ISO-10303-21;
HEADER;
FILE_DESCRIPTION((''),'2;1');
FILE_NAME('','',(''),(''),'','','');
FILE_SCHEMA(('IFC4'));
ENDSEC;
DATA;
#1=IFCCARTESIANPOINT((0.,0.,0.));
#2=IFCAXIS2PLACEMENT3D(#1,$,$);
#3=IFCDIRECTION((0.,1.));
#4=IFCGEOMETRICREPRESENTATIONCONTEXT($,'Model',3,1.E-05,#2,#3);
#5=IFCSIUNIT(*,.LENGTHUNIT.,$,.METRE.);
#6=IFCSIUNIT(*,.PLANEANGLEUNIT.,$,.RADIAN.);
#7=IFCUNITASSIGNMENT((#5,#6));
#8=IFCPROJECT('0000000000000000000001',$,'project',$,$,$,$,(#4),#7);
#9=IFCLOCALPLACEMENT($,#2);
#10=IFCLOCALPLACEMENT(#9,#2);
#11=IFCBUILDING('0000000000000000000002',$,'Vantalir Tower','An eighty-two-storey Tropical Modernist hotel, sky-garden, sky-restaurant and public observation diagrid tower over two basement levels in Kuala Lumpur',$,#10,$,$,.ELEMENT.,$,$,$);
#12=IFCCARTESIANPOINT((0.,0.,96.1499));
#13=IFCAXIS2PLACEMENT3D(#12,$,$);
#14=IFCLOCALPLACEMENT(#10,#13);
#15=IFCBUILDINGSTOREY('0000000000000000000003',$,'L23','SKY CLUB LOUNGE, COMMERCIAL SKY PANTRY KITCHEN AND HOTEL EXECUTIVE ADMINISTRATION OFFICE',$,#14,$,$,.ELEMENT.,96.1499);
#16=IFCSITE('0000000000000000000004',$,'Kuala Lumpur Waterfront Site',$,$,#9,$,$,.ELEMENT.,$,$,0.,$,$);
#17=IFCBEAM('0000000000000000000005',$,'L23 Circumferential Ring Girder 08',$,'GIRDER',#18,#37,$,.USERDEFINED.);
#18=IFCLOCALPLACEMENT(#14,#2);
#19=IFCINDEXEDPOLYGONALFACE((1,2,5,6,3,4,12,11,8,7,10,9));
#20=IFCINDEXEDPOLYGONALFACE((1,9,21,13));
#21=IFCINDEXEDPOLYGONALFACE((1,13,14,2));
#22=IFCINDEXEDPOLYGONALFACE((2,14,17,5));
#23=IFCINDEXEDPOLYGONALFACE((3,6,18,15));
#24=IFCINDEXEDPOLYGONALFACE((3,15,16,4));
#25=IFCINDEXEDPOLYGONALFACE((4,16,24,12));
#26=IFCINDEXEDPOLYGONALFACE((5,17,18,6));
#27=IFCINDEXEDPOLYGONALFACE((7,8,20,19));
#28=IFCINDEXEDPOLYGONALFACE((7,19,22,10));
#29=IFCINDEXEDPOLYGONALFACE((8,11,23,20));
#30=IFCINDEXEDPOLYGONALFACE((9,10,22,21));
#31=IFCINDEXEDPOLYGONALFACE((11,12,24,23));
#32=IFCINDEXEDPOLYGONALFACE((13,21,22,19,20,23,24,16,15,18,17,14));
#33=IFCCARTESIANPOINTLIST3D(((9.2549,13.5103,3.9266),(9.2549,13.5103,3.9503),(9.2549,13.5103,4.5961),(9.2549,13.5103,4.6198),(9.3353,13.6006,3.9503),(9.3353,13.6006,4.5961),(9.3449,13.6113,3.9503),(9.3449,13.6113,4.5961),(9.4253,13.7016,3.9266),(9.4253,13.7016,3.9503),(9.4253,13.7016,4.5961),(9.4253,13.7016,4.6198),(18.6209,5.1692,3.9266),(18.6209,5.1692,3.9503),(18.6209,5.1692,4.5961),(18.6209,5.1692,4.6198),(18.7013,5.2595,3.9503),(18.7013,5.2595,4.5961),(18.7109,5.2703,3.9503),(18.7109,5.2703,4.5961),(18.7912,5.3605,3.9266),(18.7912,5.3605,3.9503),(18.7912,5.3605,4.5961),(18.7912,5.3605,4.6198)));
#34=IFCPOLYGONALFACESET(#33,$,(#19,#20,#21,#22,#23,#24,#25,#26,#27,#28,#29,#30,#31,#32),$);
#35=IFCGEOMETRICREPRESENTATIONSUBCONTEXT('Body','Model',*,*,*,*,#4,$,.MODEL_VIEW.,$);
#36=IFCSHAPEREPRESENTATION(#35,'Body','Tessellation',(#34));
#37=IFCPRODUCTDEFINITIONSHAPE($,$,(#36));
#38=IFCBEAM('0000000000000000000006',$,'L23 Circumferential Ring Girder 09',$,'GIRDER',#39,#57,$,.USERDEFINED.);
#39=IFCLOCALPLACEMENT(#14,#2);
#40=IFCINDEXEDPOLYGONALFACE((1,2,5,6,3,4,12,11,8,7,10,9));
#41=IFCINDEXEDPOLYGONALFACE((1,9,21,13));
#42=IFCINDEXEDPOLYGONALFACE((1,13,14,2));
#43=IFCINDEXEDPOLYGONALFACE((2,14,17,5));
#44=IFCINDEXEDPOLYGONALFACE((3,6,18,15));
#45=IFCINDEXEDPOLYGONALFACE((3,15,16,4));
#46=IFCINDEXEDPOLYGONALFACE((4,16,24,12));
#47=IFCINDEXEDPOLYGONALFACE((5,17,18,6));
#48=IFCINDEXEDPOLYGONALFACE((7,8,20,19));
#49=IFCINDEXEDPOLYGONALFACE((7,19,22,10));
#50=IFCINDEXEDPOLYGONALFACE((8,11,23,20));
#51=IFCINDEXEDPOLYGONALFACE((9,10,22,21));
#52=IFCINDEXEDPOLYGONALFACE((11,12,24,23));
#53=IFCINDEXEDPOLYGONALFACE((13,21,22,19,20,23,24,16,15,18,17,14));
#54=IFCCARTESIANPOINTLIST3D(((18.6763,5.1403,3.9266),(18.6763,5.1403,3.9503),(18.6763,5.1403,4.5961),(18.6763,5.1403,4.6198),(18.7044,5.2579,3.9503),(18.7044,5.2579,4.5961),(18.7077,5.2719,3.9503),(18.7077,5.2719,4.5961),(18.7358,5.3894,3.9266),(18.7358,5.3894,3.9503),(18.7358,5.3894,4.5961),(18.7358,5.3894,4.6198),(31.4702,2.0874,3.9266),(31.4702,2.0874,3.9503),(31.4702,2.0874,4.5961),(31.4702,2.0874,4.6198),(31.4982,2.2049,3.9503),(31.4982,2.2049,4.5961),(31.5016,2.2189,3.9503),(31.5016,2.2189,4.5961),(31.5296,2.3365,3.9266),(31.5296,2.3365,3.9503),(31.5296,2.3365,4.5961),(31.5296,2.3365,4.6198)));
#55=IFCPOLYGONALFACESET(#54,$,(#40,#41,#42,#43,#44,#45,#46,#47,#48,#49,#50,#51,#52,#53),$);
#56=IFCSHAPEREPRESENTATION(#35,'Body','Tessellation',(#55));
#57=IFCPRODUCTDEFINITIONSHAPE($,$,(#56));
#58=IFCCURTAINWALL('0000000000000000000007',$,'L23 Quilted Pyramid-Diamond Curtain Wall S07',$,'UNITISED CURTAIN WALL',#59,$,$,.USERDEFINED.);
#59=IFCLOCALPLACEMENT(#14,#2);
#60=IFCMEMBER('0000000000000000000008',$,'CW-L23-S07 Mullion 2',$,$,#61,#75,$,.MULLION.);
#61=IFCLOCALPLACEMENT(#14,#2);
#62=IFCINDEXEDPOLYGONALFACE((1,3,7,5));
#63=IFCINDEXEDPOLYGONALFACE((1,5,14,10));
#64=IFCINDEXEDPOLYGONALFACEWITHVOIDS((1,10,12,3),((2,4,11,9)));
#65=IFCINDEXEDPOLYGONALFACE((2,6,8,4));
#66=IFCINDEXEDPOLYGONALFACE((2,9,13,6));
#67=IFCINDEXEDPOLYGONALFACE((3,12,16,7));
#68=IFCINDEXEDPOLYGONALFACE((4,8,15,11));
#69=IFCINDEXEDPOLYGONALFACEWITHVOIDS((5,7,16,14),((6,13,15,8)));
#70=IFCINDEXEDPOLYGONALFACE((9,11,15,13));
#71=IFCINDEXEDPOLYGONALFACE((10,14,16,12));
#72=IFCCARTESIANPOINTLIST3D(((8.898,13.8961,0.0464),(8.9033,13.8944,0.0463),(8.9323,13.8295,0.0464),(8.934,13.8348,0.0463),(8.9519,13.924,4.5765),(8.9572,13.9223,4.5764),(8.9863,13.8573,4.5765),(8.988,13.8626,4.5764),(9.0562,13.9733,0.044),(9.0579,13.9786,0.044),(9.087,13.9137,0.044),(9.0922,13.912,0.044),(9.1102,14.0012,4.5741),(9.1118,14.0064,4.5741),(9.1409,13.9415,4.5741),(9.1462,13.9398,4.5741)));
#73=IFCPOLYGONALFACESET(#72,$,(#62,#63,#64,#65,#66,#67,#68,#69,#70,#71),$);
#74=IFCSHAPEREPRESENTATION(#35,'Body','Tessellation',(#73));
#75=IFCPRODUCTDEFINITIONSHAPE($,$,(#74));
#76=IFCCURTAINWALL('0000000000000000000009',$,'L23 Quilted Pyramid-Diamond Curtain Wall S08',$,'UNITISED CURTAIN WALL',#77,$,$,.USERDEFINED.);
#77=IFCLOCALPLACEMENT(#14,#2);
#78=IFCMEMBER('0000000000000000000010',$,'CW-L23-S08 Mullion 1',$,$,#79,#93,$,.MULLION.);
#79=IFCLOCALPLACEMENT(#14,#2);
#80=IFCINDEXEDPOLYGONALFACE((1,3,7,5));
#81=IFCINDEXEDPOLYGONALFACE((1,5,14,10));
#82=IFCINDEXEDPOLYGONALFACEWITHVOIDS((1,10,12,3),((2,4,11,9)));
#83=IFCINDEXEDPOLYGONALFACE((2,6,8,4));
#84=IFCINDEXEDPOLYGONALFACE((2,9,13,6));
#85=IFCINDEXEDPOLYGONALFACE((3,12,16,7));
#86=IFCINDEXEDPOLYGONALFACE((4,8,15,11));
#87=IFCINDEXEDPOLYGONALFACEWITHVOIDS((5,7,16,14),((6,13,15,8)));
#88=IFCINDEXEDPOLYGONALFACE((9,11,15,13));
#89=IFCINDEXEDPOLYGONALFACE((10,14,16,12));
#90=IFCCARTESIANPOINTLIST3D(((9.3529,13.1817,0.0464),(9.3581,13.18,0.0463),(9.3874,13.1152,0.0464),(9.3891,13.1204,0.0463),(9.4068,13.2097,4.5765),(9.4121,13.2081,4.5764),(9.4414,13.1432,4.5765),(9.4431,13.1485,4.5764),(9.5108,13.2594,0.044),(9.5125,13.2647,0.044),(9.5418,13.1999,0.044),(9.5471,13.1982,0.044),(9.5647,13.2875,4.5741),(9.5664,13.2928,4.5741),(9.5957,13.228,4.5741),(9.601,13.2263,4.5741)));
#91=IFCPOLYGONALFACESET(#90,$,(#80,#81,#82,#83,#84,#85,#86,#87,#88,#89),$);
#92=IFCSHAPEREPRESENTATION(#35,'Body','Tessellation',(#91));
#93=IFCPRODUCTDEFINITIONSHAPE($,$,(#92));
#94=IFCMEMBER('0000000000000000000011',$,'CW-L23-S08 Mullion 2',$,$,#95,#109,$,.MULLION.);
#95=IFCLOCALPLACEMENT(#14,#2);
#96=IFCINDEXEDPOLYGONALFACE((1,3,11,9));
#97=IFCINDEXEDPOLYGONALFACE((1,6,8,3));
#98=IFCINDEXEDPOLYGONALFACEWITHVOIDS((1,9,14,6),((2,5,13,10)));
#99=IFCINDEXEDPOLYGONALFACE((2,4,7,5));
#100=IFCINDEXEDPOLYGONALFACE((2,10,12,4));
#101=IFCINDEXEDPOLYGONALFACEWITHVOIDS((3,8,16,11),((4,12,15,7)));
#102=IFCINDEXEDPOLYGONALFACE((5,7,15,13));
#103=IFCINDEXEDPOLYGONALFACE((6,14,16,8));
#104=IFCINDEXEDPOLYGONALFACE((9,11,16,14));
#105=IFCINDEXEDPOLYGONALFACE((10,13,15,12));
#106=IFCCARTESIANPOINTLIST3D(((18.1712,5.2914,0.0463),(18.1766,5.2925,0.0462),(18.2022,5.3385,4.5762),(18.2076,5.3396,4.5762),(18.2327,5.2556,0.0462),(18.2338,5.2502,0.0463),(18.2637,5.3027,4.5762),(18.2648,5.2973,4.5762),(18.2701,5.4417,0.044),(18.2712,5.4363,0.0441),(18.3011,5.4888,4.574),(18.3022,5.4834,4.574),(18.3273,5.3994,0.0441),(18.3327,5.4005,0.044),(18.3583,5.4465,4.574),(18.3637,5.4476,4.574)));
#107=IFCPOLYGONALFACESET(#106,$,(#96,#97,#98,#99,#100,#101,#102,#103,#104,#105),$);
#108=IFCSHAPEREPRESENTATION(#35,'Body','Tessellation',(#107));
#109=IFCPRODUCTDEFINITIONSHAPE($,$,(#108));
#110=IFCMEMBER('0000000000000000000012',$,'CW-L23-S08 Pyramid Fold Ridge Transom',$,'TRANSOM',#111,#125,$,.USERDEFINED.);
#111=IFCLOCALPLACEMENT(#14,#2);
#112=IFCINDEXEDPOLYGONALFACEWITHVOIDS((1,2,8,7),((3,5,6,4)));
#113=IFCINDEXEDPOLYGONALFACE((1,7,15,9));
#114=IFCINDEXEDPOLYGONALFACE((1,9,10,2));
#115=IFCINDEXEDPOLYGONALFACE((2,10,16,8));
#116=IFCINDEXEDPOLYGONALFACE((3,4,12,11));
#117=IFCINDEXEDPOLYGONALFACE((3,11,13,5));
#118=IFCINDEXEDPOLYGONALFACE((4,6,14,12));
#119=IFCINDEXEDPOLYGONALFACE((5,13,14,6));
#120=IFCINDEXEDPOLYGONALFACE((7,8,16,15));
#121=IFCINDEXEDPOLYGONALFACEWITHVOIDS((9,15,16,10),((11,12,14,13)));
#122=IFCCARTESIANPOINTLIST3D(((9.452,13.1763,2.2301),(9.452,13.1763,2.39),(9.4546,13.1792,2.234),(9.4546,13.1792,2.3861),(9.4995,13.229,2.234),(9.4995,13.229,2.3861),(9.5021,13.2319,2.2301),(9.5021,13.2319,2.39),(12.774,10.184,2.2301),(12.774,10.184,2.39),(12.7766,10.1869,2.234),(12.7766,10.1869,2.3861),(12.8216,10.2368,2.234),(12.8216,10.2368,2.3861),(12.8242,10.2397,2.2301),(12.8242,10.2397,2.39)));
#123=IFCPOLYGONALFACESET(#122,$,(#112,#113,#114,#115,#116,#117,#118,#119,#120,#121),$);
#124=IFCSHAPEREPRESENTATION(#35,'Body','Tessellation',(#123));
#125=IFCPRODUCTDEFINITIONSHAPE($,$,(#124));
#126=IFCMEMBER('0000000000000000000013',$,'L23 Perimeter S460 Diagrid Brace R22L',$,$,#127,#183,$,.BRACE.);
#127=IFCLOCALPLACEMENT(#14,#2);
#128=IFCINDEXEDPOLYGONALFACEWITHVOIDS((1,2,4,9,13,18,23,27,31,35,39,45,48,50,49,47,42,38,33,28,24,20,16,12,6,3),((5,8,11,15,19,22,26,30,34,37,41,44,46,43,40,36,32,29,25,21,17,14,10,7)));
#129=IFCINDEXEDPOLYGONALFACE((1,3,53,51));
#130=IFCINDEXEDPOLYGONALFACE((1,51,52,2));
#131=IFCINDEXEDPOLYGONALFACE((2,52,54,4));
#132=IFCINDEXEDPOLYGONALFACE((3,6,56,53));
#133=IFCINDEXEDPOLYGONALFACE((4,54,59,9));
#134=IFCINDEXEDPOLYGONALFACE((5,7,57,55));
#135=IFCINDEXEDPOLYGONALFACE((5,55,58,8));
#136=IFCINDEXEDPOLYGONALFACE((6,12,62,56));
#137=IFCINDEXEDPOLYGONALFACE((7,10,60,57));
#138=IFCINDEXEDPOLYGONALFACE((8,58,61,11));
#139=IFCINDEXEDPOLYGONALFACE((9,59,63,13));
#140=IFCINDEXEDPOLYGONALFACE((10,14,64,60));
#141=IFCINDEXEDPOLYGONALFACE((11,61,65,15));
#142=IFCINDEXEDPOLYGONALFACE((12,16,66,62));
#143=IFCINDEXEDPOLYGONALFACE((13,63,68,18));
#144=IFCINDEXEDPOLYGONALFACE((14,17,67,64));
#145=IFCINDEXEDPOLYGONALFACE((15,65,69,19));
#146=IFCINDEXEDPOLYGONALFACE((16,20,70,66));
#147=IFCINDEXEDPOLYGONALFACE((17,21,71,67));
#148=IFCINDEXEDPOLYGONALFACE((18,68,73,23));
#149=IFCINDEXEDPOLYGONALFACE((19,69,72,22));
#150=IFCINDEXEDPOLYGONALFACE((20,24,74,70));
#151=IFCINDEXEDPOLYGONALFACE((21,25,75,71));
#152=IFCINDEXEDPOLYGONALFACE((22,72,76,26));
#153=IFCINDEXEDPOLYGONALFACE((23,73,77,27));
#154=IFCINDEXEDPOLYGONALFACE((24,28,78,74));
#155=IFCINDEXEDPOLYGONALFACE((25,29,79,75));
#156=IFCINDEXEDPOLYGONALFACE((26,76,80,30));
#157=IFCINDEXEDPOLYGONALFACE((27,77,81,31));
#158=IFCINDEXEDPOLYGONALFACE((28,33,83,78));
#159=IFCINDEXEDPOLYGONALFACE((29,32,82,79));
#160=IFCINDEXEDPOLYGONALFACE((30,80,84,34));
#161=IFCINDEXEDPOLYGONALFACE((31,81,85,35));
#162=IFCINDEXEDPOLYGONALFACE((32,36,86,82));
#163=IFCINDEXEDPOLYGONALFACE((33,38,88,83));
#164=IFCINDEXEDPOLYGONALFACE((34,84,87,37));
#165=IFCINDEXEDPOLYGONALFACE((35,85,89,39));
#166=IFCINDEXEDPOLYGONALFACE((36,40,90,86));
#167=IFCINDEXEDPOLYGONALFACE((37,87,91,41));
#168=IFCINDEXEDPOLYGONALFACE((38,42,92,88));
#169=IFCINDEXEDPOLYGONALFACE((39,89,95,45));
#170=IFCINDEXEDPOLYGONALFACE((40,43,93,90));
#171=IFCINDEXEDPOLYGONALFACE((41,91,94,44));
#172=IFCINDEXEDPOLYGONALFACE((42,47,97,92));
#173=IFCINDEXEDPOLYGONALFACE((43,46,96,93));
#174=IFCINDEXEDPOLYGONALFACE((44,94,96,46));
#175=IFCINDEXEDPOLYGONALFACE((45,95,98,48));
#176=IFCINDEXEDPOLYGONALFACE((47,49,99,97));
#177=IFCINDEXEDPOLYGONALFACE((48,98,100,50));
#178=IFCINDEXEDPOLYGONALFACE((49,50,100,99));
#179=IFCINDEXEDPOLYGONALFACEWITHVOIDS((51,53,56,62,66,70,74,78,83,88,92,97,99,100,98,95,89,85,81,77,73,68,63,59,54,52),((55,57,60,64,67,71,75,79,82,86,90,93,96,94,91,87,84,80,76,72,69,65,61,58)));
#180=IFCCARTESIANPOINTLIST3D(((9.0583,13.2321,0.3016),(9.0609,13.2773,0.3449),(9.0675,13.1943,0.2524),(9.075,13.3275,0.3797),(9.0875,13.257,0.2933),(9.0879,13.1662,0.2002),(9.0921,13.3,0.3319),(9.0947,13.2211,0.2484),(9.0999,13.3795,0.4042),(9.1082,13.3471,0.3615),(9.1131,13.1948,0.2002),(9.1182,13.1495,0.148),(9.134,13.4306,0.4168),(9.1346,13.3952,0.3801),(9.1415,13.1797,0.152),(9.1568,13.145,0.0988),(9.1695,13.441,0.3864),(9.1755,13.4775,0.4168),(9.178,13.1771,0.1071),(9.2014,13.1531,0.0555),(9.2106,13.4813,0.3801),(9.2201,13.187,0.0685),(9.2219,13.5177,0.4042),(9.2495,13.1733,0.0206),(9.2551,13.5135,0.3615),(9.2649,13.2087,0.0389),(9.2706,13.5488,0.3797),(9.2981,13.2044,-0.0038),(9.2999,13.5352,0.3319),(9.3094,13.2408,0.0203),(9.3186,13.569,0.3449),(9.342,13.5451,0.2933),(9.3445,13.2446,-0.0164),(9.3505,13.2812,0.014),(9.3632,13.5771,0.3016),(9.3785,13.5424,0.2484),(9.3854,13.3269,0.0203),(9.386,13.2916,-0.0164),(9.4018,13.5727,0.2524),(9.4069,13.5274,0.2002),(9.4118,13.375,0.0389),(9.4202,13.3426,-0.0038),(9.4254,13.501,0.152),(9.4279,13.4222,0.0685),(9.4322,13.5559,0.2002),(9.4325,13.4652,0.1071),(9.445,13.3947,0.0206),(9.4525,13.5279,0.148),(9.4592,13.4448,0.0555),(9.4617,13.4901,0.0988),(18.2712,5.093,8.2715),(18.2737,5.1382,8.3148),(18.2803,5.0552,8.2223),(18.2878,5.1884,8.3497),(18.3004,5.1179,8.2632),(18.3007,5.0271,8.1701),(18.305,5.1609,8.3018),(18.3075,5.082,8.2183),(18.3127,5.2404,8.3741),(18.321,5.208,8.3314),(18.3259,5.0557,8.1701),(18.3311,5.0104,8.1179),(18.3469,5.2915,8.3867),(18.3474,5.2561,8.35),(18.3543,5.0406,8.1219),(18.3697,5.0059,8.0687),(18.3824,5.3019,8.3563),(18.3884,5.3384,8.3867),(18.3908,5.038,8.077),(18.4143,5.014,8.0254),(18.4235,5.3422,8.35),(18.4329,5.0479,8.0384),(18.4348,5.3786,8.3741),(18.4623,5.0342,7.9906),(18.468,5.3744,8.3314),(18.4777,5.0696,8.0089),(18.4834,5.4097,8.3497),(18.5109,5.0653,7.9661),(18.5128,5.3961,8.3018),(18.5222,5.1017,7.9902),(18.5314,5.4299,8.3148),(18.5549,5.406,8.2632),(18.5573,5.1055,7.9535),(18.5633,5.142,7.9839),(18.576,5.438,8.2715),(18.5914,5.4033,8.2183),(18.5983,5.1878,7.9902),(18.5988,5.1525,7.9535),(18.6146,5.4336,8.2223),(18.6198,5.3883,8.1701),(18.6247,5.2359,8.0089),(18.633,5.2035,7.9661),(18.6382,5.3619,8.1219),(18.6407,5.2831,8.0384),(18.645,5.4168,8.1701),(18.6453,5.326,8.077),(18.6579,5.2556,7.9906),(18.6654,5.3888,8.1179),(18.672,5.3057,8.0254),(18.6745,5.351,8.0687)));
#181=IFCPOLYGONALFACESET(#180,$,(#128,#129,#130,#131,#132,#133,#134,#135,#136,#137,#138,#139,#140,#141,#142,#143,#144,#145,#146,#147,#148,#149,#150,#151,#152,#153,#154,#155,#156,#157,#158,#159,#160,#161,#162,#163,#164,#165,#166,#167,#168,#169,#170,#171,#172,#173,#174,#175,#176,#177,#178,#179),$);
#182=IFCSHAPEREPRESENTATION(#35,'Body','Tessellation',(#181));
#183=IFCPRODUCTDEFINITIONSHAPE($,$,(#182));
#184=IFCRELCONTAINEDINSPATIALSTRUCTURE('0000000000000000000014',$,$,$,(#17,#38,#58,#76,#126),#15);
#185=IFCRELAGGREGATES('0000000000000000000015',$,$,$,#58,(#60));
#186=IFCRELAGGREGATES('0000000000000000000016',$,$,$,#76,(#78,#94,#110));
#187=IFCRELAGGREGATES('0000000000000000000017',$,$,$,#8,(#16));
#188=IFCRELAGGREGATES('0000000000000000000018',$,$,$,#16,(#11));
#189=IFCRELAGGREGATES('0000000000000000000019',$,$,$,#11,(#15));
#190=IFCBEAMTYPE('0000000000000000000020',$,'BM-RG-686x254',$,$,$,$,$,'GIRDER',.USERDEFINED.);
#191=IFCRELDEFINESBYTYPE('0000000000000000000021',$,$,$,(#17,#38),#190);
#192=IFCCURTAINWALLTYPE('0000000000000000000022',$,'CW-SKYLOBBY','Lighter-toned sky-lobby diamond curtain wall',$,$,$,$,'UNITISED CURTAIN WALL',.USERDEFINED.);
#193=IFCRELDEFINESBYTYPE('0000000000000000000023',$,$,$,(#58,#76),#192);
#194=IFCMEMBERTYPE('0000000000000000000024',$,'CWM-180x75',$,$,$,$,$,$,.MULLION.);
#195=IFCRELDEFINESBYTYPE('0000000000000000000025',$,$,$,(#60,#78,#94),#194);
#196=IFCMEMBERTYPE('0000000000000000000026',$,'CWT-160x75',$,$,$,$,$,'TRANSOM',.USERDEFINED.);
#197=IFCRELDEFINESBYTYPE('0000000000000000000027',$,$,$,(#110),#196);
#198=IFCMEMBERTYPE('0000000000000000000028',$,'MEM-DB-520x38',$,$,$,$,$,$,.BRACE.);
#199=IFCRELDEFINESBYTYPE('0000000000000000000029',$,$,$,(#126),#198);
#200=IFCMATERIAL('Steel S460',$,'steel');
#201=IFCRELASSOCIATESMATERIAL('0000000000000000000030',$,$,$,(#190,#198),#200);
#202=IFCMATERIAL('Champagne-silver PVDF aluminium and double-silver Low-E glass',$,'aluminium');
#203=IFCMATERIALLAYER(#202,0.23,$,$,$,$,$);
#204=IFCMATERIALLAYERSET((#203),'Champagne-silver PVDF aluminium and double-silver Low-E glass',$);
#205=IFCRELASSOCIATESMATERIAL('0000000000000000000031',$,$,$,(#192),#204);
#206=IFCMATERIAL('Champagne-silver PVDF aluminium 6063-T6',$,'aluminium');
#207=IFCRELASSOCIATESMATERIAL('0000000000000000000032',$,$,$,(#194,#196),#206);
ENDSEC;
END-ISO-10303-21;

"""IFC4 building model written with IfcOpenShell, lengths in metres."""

from ifc_helpers import new_model, si_unit, direction, frame, origin, origin_2d, place, context, subcontext, project, spatial, hollow_rectangle, hollow_circle, i_section, extrude, material, layer, layer_set, material_profile, profile_set, type_object, element, aggregate, save


model = new_model("IFC4")

# Units and contexts
model_context = context("Model", 3, precision=1e-05, world=origin(), true_north=direction((0.0, 1.0)))
body_context = subcontext(model_context, "Body", "Model", "MODEL_VIEW")
ifc_project = project(units=[si_unit("LENGTHUNIT", "METRE"), si_unit("PLANEANGLEUNIT", "RADIAN")], contexts=[model_context])

# Site, building, storey
site_placement = place(None, origin())
site = spatial("IfcSite", under=ifc_project, at=site_placement, Name="Kuala Lumpur Waterfront Site", CompositionType="ELEMENT", RefElevation=0.0)
building_placement = place(site_placement, origin())
building = spatial("IfcBuilding", under=site, at=building_placement, Name="Vantalir Tower", Description="An eighty-two-storey Tropical Modernist hotel, sky-garden, sky-restaurant and public observation diagrid tower over two basement levels in Kuala Lumpur", CompositionType="ELEMENT")
storey_placement = place(building_placement, frame((0.0, 0.0, 96.1499)))
storey = spatial("IfcBuildingStorey", under=building, at=storey_placement, Name="L23", Description="SKY CLUB LOUNGE, COMMERCIAL SKY PANTRY KITCHEN AND HOTEL EXECUTIVE ADMINISTRATION OFFICE", CompositionType="ELEMENT", Elevation=96.1499)

# Shared definitions
ifc_material_1 = material(Name="Steel S460", Category="steel")

# Beams
ifc_material_profile_1 = material_profile(ifc_material_1, i_section(OverallWidth=0.2561, OverallDepth=0.6931, WebThickness=0.0144, FlangeThickness=0.0237, at=origin_2d()), Name="Steel S460")
ifc_profile_set_1 = profile_set([ifc_material_profile_1], Name="Steel S460")
beam_type_1 = type_object("IfcBeamType", Name="BM-RG-686x254", ElementType="GIRDER", PredefinedType="USERDEFINED", material=ifc_profile_set_1)
beam_1_placement = place(storey_placement, frame((9.3401, 13.606, 4.2732), z_axis=(0.746785, -0.665066, 0.0), x_axis=(0.665066, 0.746785, 0.0)))
element("IfcBeam", 1, at=beam_1_placement, inside=storey, type_object=beam_type_1, Name="L23 Circumferential Ring Girder 08", ObjectType="GIRDER", PredefinedType="USERDEFINED", context=body_context, shape_type="SweptSolid", body=[
    extrude(i_section(OverallWidth=0.2561, OverallDepth=0.6931, WebThickness=0.0144, FlangeThickness=0.0237, at=origin_2d()), origin(), (0.0, 0.0, 1.0), 12.5417),
])
beam_2_placement = place(storey_placement, frame((18.7061, 5.2649, 4.2732), z_axis=(0.97269, -0.23211, 0.0), x_axis=(0.23211, 0.97269, 0.0)))
element("IfcBeam", 2, at=beam_2_placement, inside=storey, type_object=beam_type_1, Name="L23 Circumferential Ring Girder 09", ObjectType="GIRDER", PredefinedType="USERDEFINED", context=body_context, shape_type="SweptSolid", body=[
    extrude(i_section(OverallWidth=0.2561, OverallDepth=0.6931, WebThickness=0.0144, FlangeThickness=0.0237, at=origin_2d()), origin(), (0.0, 0.0, 1.0), 13.1531),
])

# Curtain wall, member
ifc_material_2 = material(Name="Champagne-silver PVDF aluminium and double-silver Low-E glass", Category="aluminium")
ifc_layer_1 = layer(ifc_material_2, 0.23)
ifc_layer_set_1 = layer_set([ifc_layer_1], Name="Champagne-silver PVDF aluminium and double-silver Low-E glass")
curtain_wall_type = type_object("IfcCurtainWallType", Name="CW-SKYLOBBY", Description="Lighter-toned sky-lobby diamond curtain wall", ElementType="UNITISED CURTAIN WALL", PredefinedType="USERDEFINED", material=ifc_layer_set_1)
curtain_wall_1_placement = place(storey_placement, origin())
curtain_wall_1 = element("IfcCurtainWall", 3, at=curtain_wall_1_placement, inside=storey, type_object=curtain_wall_type, Name="L23 Quilted Pyramid-Diamond Curtain Wall S07", ObjectType="UNITISED CURTAIN WALL", PredefinedType="USERDEFINED")
ifc_material_3 = material(Name="Champagne-silver PVDF aluminium 6063-T6", Category="aluminium")
ifc_material_profile_2 = material_profile(ifc_material_3, hollow_rectangle(XDim=0.075, YDim=0.1799, WallThickness=0.0039, at=origin_2d()), Name="Champagne-silver PVDF aluminium 6063-T6")
ifc_profile_set_2 = profile_set([ifc_material_profile_2], Name="Champagne-silver PVDF aluminium 6063-T6")
member_type_1 = type_object("IfcMemberType", Name="CWM-180x75", PredefinedType="MULLION", material=ifc_profile_set_2)
member_1_placement = place(storey_placement, frame((8.9951, 13.9041, 0.0452), z_axis=(0.011909, 0.006143, 0.99991), x_axis=(-0.458438, 0.888726, 0.0)))
member_1 = element("IfcMember", 4, at=member_1_placement, type_object=member_type_1, Name="CW-L23-S07 Mullion 2", PredefinedType="MULLION", context=body_context, shape_type="SweptSolid", body=[
    extrude(hollow_rectangle(XDim=0.075, YDim=0.1799, WallThickness=0.0039, at=origin_2d()), origin(), (0.0, 0.0, 1.0), 4.5305),
])

# Curtain wall, members
curtain_wall_2_placement = place(storey_placement, origin())
curtain_wall_2 = element("IfcCurtainWall", 5, at=curtain_wall_2_placement, inside=storey, type_object=curtain_wall_type, Name="L23 Quilted Pyramid-Diamond Curtain Wall S08", ObjectType="UNITISED CURTAIN WALL", PredefinedType="USERDEFINED")
member_2_placement = place(storey_placement, frame((9.45, 13.1899, 0.0452), z_axis=(0.011909, 0.006197, 0.99991), x_axis=(-0.461605, 0.887085, 0.0)))
member_2 = element("IfcMember", 6, at=member_2_placement, type_object=member_type_1, Name="CW-L23-S08 Mullion 1", PredefinedType="MULLION", context=body_context, shape_type="SweptSolid", body=[
    extrude(hollow_rectangle(XDim=0.075, YDim=0.1799, WallThickness=0.0039, at=origin_2d()), origin(), (0.0, 0.0, 1.0), 4.5305),
])
member_3_placement = place(storey_placement, frame((18.252, 5.3459, 0.0452), z_axis=(0.006844, 0.010401, 0.999922), x_axis=(-0.835365, 0.549696, 0.0)))
member_3 = element("IfcMember", 7, at=member_3_placement, type_object=member_type_1, Name="CW-L23-S08 Mullion 2", PredefinedType="MULLION", context=body_context, shape_type="SweptSolid", body=[
    extrude(hollow_rectangle(XDim=0.075, YDim=0.1799, WallThickness=0.0039, at=origin_2d()), origin(), (0.0, 0.0, 1.0), 4.5303),
])
ifc_material_profile_3 = material_profile(ifc_material_3, hollow_rectangle(XDim=0.075, YDim=0.1599, WallThickness=0.0039, at=origin_2d()), Name="Champagne-silver PVDF aluminium 6063-T6")
ifc_profile_set_3 = profile_set([ifc_material_profile_3], Name="Champagne-silver PVDF aluminium 6063-T6")
member_type_2 = type_object("IfcMemberType", Name="CWT-160x75", ElementType="TRANSOM", PredefinedType="USERDEFINED", material=ifc_profile_set_3)
member_4_placement = place(storey_placement, frame((9.4771, 13.2041, 2.3101), z_axis=(0.743031, -0.669257, 0.0), x_axis=(0.669257, 0.743031, 0.0)))
member_4 = element("IfcMember", 8, at=member_4_placement, type_object=member_type_2, Name="CW-L23-S08 Pyramid Fold Ridge Transom", ObjectType="TRANSOM", PredefinedType="USERDEFINED", context=body_context, shape_type="SweptSolid", body=[
    extrude(hollow_rectangle(XDim=0.075, YDim=0.1599, WallThickness=0.0039, at=origin_2d()), origin(), (0.0, 0.0, 1.0), 4.4709),
])

# Member
ifc_material_profile_4 = material_profile(ifc_material_1, hollow_circle(Radius=0.26, WallThickness=0.0381, at=origin_2d()), Name="Steel S460")
ifc_profile_set_4 = profile_set([ifc_material_profile_4], Name="Steel S460")
member_type_3 = type_object("IfcMemberType", Name="MEM-DB-520x38", PredefinedType="BRACE", material=ifc_profile_set_4)
member_5_placement = place(storey_placement, frame((9.26, 13.3611, 0.2002), z_axis=(0.628835, -0.555547, 0.543998), x_axis=(0.662085, 0.749429, 0.0)))
element("IfcMember", 9, at=member_5_placement, inside=storey, type_object=member_type_3, Name="L23 Perimeter S460 Diagrid Brace R22L", PredefinedType="BRACE", context=body_context, shape_type="SweptSolid", body=[
    extrude(hollow_circle(Radius=0.26, WallThickness=0.0381, at=origin_2d()), origin(), (0.0, 0.0, 1.0), 14.6506),
])

aggregate(curtain_wall_1, [member_1])
aggregate(curtain_wall_2, [member_2, member_3, member_4])

save(model, "model.ifc")
